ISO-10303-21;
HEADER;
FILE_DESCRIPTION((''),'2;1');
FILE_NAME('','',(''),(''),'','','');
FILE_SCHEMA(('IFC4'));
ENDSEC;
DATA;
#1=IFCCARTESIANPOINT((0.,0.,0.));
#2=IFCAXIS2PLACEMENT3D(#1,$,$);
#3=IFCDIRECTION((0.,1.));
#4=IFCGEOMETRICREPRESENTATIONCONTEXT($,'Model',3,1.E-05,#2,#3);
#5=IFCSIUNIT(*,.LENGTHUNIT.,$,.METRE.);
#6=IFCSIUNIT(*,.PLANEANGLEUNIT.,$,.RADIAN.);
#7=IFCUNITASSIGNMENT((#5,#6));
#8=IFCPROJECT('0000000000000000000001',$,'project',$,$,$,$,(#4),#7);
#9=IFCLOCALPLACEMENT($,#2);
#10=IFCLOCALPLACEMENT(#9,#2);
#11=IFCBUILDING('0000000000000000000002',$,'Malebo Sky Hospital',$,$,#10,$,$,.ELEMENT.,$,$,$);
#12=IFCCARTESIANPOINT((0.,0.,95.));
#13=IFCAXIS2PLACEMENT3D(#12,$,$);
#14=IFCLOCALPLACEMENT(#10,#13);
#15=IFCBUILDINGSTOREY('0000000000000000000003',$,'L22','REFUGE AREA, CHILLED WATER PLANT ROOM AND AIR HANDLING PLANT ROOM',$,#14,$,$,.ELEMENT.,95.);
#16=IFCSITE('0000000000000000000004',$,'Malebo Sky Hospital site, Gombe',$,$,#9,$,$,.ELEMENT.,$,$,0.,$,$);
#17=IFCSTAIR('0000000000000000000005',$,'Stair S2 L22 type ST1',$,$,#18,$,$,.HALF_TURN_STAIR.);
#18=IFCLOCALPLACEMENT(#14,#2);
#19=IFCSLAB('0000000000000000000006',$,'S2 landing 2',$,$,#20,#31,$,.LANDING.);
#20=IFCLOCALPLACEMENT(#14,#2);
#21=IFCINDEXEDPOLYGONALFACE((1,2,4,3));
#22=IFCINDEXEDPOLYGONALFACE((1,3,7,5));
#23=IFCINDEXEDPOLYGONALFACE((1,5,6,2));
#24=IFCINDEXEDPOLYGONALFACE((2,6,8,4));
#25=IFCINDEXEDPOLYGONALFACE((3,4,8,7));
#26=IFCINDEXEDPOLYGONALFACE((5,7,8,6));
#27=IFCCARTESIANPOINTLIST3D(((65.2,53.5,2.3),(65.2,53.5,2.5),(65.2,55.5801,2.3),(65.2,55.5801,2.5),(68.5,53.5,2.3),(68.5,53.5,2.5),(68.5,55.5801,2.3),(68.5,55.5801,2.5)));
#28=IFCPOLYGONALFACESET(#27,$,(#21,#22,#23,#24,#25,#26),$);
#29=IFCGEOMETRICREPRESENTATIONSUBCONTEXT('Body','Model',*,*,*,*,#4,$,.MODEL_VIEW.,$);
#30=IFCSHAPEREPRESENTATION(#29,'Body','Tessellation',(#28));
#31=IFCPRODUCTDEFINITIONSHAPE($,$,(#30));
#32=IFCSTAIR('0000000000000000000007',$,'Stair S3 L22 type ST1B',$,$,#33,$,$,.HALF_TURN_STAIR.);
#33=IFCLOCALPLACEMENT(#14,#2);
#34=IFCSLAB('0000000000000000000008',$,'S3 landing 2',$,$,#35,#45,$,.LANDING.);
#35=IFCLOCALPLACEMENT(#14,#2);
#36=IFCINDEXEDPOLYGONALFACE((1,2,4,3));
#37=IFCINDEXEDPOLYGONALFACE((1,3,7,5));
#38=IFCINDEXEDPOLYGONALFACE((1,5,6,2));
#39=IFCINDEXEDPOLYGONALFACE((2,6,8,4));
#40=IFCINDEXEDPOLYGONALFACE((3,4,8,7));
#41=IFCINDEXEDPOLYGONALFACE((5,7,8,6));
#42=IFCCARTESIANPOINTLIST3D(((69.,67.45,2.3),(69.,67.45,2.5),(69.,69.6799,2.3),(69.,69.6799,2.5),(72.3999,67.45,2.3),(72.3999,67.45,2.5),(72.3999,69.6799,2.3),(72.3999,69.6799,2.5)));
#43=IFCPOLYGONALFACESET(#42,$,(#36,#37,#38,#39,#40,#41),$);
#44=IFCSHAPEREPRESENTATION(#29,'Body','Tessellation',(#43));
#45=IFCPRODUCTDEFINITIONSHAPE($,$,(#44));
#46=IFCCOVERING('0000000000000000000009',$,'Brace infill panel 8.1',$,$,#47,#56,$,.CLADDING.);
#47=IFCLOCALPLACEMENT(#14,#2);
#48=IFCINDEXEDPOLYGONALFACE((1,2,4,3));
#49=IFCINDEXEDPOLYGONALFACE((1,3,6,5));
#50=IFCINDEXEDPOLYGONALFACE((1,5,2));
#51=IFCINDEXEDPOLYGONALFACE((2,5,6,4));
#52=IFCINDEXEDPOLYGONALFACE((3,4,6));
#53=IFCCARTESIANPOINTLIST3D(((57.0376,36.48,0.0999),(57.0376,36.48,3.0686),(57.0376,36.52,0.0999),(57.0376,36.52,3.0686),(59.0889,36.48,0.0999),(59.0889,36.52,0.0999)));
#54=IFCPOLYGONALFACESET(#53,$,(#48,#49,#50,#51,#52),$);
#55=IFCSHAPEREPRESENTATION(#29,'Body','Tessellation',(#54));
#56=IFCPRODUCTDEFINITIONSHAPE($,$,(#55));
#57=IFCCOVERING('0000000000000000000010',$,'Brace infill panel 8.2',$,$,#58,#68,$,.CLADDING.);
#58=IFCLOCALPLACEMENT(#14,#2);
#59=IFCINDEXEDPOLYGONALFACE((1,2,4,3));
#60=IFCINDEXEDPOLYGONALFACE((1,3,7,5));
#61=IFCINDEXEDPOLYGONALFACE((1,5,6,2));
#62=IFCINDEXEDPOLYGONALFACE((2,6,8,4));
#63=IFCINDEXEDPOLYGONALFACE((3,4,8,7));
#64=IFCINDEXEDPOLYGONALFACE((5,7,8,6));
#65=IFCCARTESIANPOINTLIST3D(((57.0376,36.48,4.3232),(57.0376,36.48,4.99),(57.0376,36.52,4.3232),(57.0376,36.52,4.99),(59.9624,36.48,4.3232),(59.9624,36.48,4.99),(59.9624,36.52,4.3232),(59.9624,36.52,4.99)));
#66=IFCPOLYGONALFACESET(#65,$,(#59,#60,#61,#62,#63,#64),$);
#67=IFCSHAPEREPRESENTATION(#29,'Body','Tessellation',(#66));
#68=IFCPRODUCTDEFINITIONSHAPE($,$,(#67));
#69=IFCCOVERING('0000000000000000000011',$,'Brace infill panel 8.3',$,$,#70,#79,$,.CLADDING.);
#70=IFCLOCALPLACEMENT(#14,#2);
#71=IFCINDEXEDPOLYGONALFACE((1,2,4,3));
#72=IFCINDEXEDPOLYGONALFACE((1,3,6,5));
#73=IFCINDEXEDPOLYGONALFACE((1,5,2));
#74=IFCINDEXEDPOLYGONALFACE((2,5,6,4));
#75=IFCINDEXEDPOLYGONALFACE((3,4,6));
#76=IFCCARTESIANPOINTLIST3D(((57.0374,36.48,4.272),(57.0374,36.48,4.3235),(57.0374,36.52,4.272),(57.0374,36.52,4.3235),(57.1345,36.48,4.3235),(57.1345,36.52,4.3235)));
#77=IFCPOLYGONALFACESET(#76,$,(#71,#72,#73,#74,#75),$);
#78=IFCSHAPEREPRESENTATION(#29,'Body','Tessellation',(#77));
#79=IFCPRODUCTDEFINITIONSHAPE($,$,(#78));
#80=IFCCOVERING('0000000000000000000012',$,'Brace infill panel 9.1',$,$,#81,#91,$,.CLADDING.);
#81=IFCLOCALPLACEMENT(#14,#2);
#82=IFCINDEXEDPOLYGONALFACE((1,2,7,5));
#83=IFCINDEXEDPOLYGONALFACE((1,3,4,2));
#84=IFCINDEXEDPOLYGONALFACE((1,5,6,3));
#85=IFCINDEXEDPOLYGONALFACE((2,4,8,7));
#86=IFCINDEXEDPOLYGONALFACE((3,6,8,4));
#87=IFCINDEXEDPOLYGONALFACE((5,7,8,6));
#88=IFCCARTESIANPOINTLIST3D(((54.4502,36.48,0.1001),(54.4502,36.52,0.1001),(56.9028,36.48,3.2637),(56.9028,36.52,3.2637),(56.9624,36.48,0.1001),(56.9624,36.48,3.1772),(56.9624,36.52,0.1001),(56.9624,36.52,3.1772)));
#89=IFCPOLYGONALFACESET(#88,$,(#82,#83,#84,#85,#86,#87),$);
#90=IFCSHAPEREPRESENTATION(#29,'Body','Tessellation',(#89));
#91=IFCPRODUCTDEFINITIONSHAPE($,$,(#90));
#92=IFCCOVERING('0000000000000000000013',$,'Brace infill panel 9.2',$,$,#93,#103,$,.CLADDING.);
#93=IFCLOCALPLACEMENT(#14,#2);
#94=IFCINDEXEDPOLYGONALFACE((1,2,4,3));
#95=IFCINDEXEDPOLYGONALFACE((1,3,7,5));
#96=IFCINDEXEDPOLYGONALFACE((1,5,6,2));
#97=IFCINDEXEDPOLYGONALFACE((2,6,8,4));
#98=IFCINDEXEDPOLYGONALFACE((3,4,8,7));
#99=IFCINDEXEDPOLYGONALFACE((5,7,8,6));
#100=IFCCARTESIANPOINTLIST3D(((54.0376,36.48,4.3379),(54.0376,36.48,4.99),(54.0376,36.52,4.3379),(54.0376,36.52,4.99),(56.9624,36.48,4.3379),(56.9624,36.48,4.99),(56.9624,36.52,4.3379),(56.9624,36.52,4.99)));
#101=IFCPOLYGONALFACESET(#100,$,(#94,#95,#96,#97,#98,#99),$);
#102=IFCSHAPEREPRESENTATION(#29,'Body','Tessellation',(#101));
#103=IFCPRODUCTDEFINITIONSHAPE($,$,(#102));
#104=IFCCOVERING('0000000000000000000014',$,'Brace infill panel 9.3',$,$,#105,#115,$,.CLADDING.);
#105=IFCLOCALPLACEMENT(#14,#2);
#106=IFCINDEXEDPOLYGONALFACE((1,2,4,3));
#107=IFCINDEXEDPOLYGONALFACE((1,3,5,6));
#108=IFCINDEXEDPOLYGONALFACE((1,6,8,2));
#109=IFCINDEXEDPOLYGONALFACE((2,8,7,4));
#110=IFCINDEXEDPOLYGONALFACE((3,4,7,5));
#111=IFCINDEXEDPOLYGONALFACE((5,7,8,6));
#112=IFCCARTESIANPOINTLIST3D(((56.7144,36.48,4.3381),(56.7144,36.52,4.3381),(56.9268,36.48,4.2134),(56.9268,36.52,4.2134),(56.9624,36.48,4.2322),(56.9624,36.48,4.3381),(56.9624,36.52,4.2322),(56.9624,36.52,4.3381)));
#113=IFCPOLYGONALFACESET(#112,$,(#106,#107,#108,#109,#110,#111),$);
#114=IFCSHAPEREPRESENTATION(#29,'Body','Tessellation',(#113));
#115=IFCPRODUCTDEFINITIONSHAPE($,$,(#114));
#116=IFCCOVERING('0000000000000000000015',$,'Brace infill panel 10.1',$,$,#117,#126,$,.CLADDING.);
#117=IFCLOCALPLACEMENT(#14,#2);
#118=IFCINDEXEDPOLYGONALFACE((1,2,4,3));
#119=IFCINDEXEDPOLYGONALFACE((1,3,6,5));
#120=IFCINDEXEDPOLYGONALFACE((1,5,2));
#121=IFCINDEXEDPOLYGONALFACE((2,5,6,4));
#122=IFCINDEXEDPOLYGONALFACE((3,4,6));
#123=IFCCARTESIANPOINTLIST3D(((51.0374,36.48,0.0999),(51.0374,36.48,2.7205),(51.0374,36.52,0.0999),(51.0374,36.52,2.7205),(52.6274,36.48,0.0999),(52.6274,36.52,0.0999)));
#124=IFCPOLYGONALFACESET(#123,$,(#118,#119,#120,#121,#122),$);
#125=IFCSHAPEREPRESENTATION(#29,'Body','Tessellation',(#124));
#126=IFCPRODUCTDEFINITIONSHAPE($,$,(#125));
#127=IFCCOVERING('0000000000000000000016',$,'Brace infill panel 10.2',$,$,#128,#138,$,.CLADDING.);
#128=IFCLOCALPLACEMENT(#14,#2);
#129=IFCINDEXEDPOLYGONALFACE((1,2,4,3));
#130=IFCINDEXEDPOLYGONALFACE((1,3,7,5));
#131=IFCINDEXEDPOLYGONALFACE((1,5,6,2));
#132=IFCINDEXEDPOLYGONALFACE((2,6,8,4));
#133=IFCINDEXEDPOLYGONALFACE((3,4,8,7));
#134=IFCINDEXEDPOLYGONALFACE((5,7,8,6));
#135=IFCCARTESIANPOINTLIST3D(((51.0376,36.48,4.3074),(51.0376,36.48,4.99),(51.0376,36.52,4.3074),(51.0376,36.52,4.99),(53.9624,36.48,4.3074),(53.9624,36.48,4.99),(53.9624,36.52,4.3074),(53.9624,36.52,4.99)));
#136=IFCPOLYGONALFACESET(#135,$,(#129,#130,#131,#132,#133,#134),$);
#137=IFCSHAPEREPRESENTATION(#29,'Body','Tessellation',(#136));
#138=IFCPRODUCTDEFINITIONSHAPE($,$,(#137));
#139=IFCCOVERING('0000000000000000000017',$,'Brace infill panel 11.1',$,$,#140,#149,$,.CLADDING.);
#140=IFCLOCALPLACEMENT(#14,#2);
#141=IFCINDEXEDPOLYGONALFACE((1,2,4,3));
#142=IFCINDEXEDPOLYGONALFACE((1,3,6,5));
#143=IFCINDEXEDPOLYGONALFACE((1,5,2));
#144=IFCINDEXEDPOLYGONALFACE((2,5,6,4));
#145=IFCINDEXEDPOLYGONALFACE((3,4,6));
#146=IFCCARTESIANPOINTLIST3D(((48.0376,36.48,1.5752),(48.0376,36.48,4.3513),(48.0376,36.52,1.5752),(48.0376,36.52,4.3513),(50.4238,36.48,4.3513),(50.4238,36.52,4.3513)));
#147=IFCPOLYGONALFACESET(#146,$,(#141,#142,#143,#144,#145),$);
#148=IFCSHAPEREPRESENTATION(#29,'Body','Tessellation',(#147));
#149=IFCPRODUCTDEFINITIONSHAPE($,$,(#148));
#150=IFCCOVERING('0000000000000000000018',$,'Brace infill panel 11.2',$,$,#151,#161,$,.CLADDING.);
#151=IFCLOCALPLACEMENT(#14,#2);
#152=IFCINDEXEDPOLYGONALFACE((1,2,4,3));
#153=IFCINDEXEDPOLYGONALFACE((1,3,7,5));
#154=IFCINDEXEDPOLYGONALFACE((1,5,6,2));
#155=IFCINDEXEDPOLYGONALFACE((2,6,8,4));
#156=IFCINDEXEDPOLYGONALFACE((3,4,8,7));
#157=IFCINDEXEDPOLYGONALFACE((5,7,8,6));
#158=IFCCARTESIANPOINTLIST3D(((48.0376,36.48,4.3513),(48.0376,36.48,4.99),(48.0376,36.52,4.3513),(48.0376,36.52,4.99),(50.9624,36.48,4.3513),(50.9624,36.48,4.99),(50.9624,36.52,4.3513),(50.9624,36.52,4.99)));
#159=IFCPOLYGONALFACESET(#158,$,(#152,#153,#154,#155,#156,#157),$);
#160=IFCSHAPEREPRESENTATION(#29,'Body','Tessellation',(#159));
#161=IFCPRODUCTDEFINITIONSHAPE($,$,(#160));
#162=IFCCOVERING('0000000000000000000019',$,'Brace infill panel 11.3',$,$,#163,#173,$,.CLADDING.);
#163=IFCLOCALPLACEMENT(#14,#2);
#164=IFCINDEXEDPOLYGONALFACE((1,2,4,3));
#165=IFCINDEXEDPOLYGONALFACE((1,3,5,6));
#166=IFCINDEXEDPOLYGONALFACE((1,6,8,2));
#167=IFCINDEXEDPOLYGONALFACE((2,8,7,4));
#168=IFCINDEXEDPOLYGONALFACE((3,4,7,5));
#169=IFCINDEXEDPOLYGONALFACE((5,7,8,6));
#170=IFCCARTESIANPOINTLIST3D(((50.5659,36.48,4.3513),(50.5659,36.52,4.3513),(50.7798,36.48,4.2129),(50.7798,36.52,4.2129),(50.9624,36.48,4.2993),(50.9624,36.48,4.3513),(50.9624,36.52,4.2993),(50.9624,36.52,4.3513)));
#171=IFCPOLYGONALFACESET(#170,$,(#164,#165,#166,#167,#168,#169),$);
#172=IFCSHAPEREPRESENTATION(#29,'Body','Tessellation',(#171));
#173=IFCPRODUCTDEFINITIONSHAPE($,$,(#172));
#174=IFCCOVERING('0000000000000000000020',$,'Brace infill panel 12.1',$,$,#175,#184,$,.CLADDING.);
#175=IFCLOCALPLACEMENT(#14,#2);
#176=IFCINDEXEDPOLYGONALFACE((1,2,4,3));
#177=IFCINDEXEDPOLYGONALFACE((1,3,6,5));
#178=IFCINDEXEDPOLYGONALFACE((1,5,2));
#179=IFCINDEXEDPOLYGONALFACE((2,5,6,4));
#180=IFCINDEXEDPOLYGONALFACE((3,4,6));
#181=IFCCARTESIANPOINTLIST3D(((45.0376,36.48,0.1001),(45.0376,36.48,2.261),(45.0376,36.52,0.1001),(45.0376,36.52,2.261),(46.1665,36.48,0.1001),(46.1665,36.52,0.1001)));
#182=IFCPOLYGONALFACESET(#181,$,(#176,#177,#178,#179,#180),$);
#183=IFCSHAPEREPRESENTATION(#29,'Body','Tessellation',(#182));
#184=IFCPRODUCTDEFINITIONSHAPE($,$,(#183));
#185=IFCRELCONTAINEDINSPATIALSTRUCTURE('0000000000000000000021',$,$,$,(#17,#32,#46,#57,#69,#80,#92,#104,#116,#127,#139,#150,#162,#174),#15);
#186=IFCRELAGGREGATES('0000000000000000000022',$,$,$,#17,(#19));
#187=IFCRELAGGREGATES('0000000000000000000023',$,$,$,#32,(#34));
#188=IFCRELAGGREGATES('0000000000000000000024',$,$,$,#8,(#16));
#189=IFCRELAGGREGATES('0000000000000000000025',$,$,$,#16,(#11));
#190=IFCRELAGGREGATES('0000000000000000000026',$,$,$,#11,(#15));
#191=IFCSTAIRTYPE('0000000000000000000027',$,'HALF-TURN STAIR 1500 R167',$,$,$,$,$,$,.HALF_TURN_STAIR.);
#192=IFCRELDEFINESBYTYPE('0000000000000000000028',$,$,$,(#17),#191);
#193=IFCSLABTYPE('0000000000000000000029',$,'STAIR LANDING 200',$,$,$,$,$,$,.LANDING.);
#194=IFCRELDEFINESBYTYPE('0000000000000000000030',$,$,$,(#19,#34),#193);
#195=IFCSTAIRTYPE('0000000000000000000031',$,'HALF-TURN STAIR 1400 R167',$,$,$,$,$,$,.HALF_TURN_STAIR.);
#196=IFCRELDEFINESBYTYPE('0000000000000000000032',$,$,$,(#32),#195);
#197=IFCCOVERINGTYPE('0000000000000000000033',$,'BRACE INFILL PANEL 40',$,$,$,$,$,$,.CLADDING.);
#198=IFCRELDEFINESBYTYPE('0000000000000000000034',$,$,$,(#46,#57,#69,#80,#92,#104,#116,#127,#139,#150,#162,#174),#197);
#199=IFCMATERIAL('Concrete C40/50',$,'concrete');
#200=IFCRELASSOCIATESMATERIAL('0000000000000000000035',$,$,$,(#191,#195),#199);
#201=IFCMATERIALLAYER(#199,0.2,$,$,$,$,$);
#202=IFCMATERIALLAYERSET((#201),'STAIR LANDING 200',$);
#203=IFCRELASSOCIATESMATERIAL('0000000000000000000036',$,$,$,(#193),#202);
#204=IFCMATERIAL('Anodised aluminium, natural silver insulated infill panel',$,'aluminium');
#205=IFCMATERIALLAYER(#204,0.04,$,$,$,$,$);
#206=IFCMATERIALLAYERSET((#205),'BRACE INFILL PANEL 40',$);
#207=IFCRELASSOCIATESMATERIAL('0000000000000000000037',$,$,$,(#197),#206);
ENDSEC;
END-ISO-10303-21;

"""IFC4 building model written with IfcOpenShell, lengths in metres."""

from ifc_helpers import new_model, si_unit, direction, frame, origin, place, context, subcontext, project, spatial, polyline, outline, extrude, material, layer, layer_set, type_object, element, aggregate, save


model = new_model("IFC4")

# Units and contexts
model_context = context("Model", 3, precision=1e-05, world=origin(), true_north=direction((0.0, 1.0)))
body_context = subcontext(model_context, "Body", "Model", "MODEL_VIEW")
ifc_project = project(units=[si_unit("LENGTHUNIT", "METRE"), si_unit("PLANEANGLEUNIT", "RADIAN")], contexts=[model_context])

# Site, building, storey
site_placement = place(None, origin())
site = spatial("IfcSite", under=ifc_project, at=site_placement, Name="Malebo Sky Hospital site, Gombe", CompositionType="ELEMENT", RefElevation=0.0)
building_placement = place(site_placement, origin())
building = spatial("IfcBuilding", under=site, at=building_placement, Name="Malebo Sky Hospital", CompositionType="ELEMENT")
storey_placement = place(building_placement, frame((0.0, 0.0, 95.0)))
storey = spatial("IfcBuildingStorey", under=building, at=storey_placement, Name="L22", Description="REFUGE AREA, CHILLED WATER PLANT ROOM AND AIR HANDLING PLANT ROOM", CompositionType="ELEMENT", Elevation=95.0)

# Stairs, slabs
ifc_material_1 = material(Name="Concrete C40/50", Category="concrete")
stair_type_1 = type_object("IfcStairType", Name="HALF-TURN STAIR 1500 R167", PredefinedType="HALF_TURN_STAIR", material=ifc_material_1)
ifc_layer_1 = layer(ifc_material_1, 0.2)
ifc_layer_set_1 = layer_set([ifc_layer_1], Name="STAIR LANDING 200")
slab_type = type_object("IfcSlabType", Name="STAIR LANDING 200", PredefinedType="LANDING", material=ifc_layer_set_1)
stair_1_placement = place(storey_placement, origin())
stair_1 = element("IfcStair", 1, at=stair_1_placement, inside=storey, type_object=stair_type_1, Name="Stair S2 L22 type ST1", PredefinedType="HALF_TURN_STAIR")
slab_1_placement = place(storey_placement, frame((0.0, 0.0, 2.3)))
slab_1 = element("IfcSlab", 2, at=slab_1_placement, type_object=slab_type, Name="S2 landing 2", PredefinedType="LANDING", context=body_context, shape_type="SweptSolid", body=[
    extrude(outline(polyline([(65.2, 53.5), (68.5, 53.5), (68.5, 55.5801), (65.2, 55.5801), (65.2, 53.5)])), origin(), (0.0, 0.0, 1.0), 0.2),
])
aggregate(stair_1, [slab_1])
stair_type_2 = type_object("IfcStairType", Name="HALF-TURN STAIR 1400 R167", PredefinedType="HALF_TURN_STAIR", material=ifc_material_1)
stair_2_placement = place(storey_placement, origin())
stair_2 = element("IfcStair", 3, at=stair_2_placement, inside=storey, type_object=stair_type_2, Name="Stair S3 L22 type ST1B", PredefinedType="HALF_TURN_STAIR")
slab_2_placement = place(storey_placement, frame((0.0, 0.0, 2.3)))
slab_2 = element("IfcSlab", 4, at=slab_2_placement, type_object=slab_type, Name="S3 landing 2", PredefinedType="LANDING", context=body_context, shape_type="SweptSolid", body=[
    extrude(outline(polyline([(69.0, 67.45), (72.3999, 67.45), (72.3999, 69.6799), (69.0, 69.6799), (69.0, 67.45)])), origin(), (0.0, 0.0, 1.0), 0.2),
])
aggregate(stair_2, [slab_2])

# Coverings
ifc_material_2 = material(Name="Anodised aluminium, natural silver insulated infill panel", Category="aluminium")
ifc_layer_2 = layer(ifc_material_2, 0.04)
ifc_layer_set_2 = layer_set([ifc_layer_2], Name="BRACE INFILL PANEL 40")
covering_type = type_object("IfcCoveringType", Name="BRACE INFILL PANEL 40", PredefinedType="CLADDING", material=ifc_layer_set_2)
covering_1_placement = place(storey_placement, frame((58.0632, 36.5, 0.0999), z_axis=(0.0, 0.0, 1.0), x_axis=(-1.0, 0.0, 0.0)))
element("IfcCovering", 5, at=covering_1_placement, inside=storey, type_object=covering_type, Name="Brace infill panel 8.1", PredefinedType="CLADDING", context=body_context, shape_type="SweptSolid", body=[
    extrude(outline(polyline([(-1.0256, 0.0), (1.0256, 0.0), (1.0256, 2.9688), (-1.0256, 0.0)])), frame((0.0, 0.02, 0.0), z_axis=(0.0, -1.0, 0.0), x_axis=(1.0, 0.0, 0.0)), (0.0, 0.0, 1.0), 0.04),
])
covering_2_placement = place(storey_placement, frame((58.5, 36.5, 4.3232), z_axis=(0.0, 0.0, 1.0), x_axis=(-1.0, 0.0, 0.0)))
element("IfcCovering", 6, at=covering_2_placement, inside=storey, type_object=covering_type, Name="Brace infill panel 8.2", PredefinedType="CLADDING", context=body_context, shape_type="SweptSolid", body=[
    extrude(outline(polyline([(-1.4624, 0.0), (1.4624, 0.0), (1.4624, 0.6667), (-1.4624, 0.6667), (-1.4624, 0.0)])), frame((0.0, 0.02, 0.0), z_axis=(0.0, -1.0, 0.0), x_axis=(1.0, 0.0, 0.0)), (0.0, 0.0, 1.0), 0.04),
])
covering_3_placement = place(storey_placement, frame((57.0859, 36.5, 4.272), z_axis=(0.0, 0.0, 1.0), x_axis=(-1.0, 0.0, 0.0)))
element("IfcCovering", 7, at=covering_3_placement, inside=storey, type_object=covering_type, Name="Brace infill panel 8.3", PredefinedType="CLADDING", context=body_context, shape_type="SweptSolid", body=[
    extrude(outline(polyline([(0.0486, 0.0), (0.0486, 0.0515), (-0.0486, 0.0515), (0.0486, 0.0)])), frame((0.0, 0.02, 0.0), z_axis=(0.0, -1.0, 0.0), x_axis=(1.0, 0.0, 0.0)), (0.0, 0.0, 1.0), 0.04),
])
covering_4_placement = place(storey_placement, frame((55.7063, 36.5, 0.1001), z_axis=(0.0, 0.0, 1.0), x_axis=(-1.0, 0.0, 0.0)))
element("IfcCovering", 8, at=covering_4_placement, inside=storey, type_object=covering_type, Name="Brace infill panel 9.1", PredefinedType="CLADDING", context=body_context, shape_type="SweptSolid", body=[
    extrude(outline(polyline([(-1.2561, 0.0), (1.2561, 0.0), (-1.1965, 3.1636), (-1.2561, 3.0771), (-1.2561, 0.0)])), frame((0.0, 0.02, 0.0), z_axis=(0.0, -1.0, 0.0), x_axis=(1.0, 0.0, 0.0)), (0.0, 0.0, 1.0), 0.04),
])
covering_5_placement = place(storey_placement, frame((55.5, 36.5, 4.3379), z_axis=(0.0, 0.0, 1.0), x_axis=(-1.0, 0.0, 0.0)))
element("IfcCovering", 9, at=covering_5_placement, inside=storey, type_object=covering_type, Name="Brace infill panel 9.2", PredefinedType="CLADDING", context=body_context, shape_type="SweptSolid", body=[
    extrude(outline(polyline([(-1.4624, 0.0), (1.4624, 0.0), (1.4624, 0.6521), (-1.4624, 0.6521), (-1.4624, 0.0)])), frame((0.0, 0.02, 0.0), z_axis=(0.0, -1.0, 0.0), x_axis=(1.0, 0.0, 0.0)), (0.0, 0.0, 1.0), 0.04),
])
covering_6_placement = place(storey_placement, frame((56.8384, 36.5, 4.2134), z_axis=(0.0, 0.0, 1.0), x_axis=(-1.0, 0.0, 0.0)))
element("IfcCovering", 10, at=covering_6_placement, inside=storey, type_object=covering_type, Name="Brace infill panel 9.3", PredefinedType="CLADDING", context=body_context, shape_type="SweptSolid", body=[
    extrude(outline(polyline([(-0.0884, 0.0), (0.124, 0.1248), (-0.124, 0.1248), (-0.124, 0.0188), (-0.0884, 0.0)])), frame((0.0, 0.02, 0.0), z_axis=(0.0, -1.0, 0.0), x_axis=(1.0, 0.0, 0.0)), (0.0, 0.0, 1.0), 0.04),
])
covering_7_placement = place(storey_placement, frame((51.8325, 36.5, 0.0999), z_axis=(0.0, 0.0, 1.0), x_axis=(-1.0, 0.0, 0.0)))
element("IfcCovering", 11, at=covering_7_placement, inside=storey, type_object=covering_type, Name="Brace infill panel 10.1", PredefinedType="CLADDING", context=body_context, shape_type="SweptSolid", body=[
    extrude(outline(polyline([(-0.7949, 0.0), (0.7952, 0.0), (0.7952, 2.6206), (-0.7949, 0.0)])), frame((0.0, 0.02, 0.0), z_axis=(0.0, -1.0, 0.0), x_axis=(1.0, 0.0, 0.0)), (0.0, 0.0, 1.0), 0.04),
])
covering_8_placement = place(storey_placement, frame((52.5, 36.5, 4.3074), z_axis=(0.0, 0.0, 1.0), x_axis=(-1.0, 0.0, 0.0)))
element("IfcCovering", 12, at=covering_8_placement, inside=storey, type_object=covering_type, Name="Brace infill panel 10.2", PredefinedType="CLADDING", context=body_context, shape_type="SweptSolid", body=[
    extrude(outline(polyline([(-1.4624, 0.0), (1.4624, 0.0), (1.4624, 0.6826), (-1.4624, 0.6826), (-1.4624, 0.0)])), frame((0.0, 0.02, 0.0), z_axis=(0.0, -1.0, 0.0), x_axis=(1.0, 0.0, 0.0)), (0.0, 0.0, 1.0), 0.04),
])
covering_9_placement = place(storey_placement, frame((49.2307, 36.5, 1.5752), z_axis=(0.0, 0.0, 1.0), x_axis=(-1.0, 0.0, 0.0)))
element("IfcCovering", 13, at=covering_9_placement, inside=storey, type_object=covering_type, Name="Brace infill panel 11.1", PredefinedType="CLADDING", context=body_context, shape_type="SweptSolid", body=[
    extrude(outline(polyline([(1.1931, 0.0), (1.1931, 2.7761), (-1.1931, 2.7761), (1.1931, 0.0)])), frame((0.0, 0.02, 0.0), z_axis=(0.0, -1.0, 0.0), x_axis=(1.0, 0.0, 0.0)), (0.0, 0.0, 1.0), 0.04),
])
covering_10_placement = place(storey_placement, frame((49.5, 36.5, 4.3513), z_axis=(0.0, 0.0, 1.0), x_axis=(-1.0, 0.0, 0.0)))
element("IfcCovering", 14, at=covering_10_placement, inside=storey, type_object=covering_type, Name="Brace infill panel 11.2", PredefinedType="CLADDING", context=body_context, shape_type="SweptSolid", body=[
    extrude(outline(polyline([(-1.4624, 0.0), (1.4624, 0.0), (1.4624, 0.6387), (-1.4624, 0.6387), (-1.4624, 0.0)])), frame((0.0, 0.02, 0.0), z_axis=(0.0, -1.0, 0.0), x_axis=(1.0, 0.0, 0.0)), (0.0, 0.0, 1.0), 0.04),
])
covering_11_placement = place(storey_placement, frame((50.7642, 36.5, 4.2129), z_axis=(0.0, 0.0, 1.0), x_axis=(-1.0, 0.0, 0.0)))
element("IfcCovering", 15, at=covering_11_placement, inside=storey, type_object=covering_type, Name="Brace infill panel 11.3", PredefinedType="CLADDING", context=body_context, shape_type="SweptSolid", body=[
    extrude(outline(polyline([(-0.0156, 0.0), (0.1982, 0.1384), (-0.1982, 0.1384), (-0.1982, 0.0864), (-0.0156, 0.0)])), frame((0.0, 0.02, 0.0), z_axis=(0.0, -1.0, 0.0), x_axis=(1.0, 0.0, 0.0)), (0.0, 0.0, 1.0), 0.04),
])
covering_12_placement = place(storey_placement, frame((45.6021, 36.5, 0.1001), z_axis=(0.0, 0.0, 1.0), x_axis=(-1.0, 0.0, 0.0)))
element("IfcCovering", 16, at=covering_12_placement, inside=storey, type_object=covering_type, Name="Brace infill panel 12.1", PredefinedType="CLADDING", context=body_context, shape_type="SweptSolid", body=[
    extrude(outline(polyline([(-0.5645, 0.0), (0.5645, 0.0), (0.5645, 2.1609), (-0.5645, 0.0)])), frame((0.0, 0.02, 0.0), z_axis=(0.0, -1.0, 0.0), x_axis=(1.0, 0.0, 0.0)), (0.0, 0.0, 1.0), 0.04),
])

save(model, "model.ifc")
